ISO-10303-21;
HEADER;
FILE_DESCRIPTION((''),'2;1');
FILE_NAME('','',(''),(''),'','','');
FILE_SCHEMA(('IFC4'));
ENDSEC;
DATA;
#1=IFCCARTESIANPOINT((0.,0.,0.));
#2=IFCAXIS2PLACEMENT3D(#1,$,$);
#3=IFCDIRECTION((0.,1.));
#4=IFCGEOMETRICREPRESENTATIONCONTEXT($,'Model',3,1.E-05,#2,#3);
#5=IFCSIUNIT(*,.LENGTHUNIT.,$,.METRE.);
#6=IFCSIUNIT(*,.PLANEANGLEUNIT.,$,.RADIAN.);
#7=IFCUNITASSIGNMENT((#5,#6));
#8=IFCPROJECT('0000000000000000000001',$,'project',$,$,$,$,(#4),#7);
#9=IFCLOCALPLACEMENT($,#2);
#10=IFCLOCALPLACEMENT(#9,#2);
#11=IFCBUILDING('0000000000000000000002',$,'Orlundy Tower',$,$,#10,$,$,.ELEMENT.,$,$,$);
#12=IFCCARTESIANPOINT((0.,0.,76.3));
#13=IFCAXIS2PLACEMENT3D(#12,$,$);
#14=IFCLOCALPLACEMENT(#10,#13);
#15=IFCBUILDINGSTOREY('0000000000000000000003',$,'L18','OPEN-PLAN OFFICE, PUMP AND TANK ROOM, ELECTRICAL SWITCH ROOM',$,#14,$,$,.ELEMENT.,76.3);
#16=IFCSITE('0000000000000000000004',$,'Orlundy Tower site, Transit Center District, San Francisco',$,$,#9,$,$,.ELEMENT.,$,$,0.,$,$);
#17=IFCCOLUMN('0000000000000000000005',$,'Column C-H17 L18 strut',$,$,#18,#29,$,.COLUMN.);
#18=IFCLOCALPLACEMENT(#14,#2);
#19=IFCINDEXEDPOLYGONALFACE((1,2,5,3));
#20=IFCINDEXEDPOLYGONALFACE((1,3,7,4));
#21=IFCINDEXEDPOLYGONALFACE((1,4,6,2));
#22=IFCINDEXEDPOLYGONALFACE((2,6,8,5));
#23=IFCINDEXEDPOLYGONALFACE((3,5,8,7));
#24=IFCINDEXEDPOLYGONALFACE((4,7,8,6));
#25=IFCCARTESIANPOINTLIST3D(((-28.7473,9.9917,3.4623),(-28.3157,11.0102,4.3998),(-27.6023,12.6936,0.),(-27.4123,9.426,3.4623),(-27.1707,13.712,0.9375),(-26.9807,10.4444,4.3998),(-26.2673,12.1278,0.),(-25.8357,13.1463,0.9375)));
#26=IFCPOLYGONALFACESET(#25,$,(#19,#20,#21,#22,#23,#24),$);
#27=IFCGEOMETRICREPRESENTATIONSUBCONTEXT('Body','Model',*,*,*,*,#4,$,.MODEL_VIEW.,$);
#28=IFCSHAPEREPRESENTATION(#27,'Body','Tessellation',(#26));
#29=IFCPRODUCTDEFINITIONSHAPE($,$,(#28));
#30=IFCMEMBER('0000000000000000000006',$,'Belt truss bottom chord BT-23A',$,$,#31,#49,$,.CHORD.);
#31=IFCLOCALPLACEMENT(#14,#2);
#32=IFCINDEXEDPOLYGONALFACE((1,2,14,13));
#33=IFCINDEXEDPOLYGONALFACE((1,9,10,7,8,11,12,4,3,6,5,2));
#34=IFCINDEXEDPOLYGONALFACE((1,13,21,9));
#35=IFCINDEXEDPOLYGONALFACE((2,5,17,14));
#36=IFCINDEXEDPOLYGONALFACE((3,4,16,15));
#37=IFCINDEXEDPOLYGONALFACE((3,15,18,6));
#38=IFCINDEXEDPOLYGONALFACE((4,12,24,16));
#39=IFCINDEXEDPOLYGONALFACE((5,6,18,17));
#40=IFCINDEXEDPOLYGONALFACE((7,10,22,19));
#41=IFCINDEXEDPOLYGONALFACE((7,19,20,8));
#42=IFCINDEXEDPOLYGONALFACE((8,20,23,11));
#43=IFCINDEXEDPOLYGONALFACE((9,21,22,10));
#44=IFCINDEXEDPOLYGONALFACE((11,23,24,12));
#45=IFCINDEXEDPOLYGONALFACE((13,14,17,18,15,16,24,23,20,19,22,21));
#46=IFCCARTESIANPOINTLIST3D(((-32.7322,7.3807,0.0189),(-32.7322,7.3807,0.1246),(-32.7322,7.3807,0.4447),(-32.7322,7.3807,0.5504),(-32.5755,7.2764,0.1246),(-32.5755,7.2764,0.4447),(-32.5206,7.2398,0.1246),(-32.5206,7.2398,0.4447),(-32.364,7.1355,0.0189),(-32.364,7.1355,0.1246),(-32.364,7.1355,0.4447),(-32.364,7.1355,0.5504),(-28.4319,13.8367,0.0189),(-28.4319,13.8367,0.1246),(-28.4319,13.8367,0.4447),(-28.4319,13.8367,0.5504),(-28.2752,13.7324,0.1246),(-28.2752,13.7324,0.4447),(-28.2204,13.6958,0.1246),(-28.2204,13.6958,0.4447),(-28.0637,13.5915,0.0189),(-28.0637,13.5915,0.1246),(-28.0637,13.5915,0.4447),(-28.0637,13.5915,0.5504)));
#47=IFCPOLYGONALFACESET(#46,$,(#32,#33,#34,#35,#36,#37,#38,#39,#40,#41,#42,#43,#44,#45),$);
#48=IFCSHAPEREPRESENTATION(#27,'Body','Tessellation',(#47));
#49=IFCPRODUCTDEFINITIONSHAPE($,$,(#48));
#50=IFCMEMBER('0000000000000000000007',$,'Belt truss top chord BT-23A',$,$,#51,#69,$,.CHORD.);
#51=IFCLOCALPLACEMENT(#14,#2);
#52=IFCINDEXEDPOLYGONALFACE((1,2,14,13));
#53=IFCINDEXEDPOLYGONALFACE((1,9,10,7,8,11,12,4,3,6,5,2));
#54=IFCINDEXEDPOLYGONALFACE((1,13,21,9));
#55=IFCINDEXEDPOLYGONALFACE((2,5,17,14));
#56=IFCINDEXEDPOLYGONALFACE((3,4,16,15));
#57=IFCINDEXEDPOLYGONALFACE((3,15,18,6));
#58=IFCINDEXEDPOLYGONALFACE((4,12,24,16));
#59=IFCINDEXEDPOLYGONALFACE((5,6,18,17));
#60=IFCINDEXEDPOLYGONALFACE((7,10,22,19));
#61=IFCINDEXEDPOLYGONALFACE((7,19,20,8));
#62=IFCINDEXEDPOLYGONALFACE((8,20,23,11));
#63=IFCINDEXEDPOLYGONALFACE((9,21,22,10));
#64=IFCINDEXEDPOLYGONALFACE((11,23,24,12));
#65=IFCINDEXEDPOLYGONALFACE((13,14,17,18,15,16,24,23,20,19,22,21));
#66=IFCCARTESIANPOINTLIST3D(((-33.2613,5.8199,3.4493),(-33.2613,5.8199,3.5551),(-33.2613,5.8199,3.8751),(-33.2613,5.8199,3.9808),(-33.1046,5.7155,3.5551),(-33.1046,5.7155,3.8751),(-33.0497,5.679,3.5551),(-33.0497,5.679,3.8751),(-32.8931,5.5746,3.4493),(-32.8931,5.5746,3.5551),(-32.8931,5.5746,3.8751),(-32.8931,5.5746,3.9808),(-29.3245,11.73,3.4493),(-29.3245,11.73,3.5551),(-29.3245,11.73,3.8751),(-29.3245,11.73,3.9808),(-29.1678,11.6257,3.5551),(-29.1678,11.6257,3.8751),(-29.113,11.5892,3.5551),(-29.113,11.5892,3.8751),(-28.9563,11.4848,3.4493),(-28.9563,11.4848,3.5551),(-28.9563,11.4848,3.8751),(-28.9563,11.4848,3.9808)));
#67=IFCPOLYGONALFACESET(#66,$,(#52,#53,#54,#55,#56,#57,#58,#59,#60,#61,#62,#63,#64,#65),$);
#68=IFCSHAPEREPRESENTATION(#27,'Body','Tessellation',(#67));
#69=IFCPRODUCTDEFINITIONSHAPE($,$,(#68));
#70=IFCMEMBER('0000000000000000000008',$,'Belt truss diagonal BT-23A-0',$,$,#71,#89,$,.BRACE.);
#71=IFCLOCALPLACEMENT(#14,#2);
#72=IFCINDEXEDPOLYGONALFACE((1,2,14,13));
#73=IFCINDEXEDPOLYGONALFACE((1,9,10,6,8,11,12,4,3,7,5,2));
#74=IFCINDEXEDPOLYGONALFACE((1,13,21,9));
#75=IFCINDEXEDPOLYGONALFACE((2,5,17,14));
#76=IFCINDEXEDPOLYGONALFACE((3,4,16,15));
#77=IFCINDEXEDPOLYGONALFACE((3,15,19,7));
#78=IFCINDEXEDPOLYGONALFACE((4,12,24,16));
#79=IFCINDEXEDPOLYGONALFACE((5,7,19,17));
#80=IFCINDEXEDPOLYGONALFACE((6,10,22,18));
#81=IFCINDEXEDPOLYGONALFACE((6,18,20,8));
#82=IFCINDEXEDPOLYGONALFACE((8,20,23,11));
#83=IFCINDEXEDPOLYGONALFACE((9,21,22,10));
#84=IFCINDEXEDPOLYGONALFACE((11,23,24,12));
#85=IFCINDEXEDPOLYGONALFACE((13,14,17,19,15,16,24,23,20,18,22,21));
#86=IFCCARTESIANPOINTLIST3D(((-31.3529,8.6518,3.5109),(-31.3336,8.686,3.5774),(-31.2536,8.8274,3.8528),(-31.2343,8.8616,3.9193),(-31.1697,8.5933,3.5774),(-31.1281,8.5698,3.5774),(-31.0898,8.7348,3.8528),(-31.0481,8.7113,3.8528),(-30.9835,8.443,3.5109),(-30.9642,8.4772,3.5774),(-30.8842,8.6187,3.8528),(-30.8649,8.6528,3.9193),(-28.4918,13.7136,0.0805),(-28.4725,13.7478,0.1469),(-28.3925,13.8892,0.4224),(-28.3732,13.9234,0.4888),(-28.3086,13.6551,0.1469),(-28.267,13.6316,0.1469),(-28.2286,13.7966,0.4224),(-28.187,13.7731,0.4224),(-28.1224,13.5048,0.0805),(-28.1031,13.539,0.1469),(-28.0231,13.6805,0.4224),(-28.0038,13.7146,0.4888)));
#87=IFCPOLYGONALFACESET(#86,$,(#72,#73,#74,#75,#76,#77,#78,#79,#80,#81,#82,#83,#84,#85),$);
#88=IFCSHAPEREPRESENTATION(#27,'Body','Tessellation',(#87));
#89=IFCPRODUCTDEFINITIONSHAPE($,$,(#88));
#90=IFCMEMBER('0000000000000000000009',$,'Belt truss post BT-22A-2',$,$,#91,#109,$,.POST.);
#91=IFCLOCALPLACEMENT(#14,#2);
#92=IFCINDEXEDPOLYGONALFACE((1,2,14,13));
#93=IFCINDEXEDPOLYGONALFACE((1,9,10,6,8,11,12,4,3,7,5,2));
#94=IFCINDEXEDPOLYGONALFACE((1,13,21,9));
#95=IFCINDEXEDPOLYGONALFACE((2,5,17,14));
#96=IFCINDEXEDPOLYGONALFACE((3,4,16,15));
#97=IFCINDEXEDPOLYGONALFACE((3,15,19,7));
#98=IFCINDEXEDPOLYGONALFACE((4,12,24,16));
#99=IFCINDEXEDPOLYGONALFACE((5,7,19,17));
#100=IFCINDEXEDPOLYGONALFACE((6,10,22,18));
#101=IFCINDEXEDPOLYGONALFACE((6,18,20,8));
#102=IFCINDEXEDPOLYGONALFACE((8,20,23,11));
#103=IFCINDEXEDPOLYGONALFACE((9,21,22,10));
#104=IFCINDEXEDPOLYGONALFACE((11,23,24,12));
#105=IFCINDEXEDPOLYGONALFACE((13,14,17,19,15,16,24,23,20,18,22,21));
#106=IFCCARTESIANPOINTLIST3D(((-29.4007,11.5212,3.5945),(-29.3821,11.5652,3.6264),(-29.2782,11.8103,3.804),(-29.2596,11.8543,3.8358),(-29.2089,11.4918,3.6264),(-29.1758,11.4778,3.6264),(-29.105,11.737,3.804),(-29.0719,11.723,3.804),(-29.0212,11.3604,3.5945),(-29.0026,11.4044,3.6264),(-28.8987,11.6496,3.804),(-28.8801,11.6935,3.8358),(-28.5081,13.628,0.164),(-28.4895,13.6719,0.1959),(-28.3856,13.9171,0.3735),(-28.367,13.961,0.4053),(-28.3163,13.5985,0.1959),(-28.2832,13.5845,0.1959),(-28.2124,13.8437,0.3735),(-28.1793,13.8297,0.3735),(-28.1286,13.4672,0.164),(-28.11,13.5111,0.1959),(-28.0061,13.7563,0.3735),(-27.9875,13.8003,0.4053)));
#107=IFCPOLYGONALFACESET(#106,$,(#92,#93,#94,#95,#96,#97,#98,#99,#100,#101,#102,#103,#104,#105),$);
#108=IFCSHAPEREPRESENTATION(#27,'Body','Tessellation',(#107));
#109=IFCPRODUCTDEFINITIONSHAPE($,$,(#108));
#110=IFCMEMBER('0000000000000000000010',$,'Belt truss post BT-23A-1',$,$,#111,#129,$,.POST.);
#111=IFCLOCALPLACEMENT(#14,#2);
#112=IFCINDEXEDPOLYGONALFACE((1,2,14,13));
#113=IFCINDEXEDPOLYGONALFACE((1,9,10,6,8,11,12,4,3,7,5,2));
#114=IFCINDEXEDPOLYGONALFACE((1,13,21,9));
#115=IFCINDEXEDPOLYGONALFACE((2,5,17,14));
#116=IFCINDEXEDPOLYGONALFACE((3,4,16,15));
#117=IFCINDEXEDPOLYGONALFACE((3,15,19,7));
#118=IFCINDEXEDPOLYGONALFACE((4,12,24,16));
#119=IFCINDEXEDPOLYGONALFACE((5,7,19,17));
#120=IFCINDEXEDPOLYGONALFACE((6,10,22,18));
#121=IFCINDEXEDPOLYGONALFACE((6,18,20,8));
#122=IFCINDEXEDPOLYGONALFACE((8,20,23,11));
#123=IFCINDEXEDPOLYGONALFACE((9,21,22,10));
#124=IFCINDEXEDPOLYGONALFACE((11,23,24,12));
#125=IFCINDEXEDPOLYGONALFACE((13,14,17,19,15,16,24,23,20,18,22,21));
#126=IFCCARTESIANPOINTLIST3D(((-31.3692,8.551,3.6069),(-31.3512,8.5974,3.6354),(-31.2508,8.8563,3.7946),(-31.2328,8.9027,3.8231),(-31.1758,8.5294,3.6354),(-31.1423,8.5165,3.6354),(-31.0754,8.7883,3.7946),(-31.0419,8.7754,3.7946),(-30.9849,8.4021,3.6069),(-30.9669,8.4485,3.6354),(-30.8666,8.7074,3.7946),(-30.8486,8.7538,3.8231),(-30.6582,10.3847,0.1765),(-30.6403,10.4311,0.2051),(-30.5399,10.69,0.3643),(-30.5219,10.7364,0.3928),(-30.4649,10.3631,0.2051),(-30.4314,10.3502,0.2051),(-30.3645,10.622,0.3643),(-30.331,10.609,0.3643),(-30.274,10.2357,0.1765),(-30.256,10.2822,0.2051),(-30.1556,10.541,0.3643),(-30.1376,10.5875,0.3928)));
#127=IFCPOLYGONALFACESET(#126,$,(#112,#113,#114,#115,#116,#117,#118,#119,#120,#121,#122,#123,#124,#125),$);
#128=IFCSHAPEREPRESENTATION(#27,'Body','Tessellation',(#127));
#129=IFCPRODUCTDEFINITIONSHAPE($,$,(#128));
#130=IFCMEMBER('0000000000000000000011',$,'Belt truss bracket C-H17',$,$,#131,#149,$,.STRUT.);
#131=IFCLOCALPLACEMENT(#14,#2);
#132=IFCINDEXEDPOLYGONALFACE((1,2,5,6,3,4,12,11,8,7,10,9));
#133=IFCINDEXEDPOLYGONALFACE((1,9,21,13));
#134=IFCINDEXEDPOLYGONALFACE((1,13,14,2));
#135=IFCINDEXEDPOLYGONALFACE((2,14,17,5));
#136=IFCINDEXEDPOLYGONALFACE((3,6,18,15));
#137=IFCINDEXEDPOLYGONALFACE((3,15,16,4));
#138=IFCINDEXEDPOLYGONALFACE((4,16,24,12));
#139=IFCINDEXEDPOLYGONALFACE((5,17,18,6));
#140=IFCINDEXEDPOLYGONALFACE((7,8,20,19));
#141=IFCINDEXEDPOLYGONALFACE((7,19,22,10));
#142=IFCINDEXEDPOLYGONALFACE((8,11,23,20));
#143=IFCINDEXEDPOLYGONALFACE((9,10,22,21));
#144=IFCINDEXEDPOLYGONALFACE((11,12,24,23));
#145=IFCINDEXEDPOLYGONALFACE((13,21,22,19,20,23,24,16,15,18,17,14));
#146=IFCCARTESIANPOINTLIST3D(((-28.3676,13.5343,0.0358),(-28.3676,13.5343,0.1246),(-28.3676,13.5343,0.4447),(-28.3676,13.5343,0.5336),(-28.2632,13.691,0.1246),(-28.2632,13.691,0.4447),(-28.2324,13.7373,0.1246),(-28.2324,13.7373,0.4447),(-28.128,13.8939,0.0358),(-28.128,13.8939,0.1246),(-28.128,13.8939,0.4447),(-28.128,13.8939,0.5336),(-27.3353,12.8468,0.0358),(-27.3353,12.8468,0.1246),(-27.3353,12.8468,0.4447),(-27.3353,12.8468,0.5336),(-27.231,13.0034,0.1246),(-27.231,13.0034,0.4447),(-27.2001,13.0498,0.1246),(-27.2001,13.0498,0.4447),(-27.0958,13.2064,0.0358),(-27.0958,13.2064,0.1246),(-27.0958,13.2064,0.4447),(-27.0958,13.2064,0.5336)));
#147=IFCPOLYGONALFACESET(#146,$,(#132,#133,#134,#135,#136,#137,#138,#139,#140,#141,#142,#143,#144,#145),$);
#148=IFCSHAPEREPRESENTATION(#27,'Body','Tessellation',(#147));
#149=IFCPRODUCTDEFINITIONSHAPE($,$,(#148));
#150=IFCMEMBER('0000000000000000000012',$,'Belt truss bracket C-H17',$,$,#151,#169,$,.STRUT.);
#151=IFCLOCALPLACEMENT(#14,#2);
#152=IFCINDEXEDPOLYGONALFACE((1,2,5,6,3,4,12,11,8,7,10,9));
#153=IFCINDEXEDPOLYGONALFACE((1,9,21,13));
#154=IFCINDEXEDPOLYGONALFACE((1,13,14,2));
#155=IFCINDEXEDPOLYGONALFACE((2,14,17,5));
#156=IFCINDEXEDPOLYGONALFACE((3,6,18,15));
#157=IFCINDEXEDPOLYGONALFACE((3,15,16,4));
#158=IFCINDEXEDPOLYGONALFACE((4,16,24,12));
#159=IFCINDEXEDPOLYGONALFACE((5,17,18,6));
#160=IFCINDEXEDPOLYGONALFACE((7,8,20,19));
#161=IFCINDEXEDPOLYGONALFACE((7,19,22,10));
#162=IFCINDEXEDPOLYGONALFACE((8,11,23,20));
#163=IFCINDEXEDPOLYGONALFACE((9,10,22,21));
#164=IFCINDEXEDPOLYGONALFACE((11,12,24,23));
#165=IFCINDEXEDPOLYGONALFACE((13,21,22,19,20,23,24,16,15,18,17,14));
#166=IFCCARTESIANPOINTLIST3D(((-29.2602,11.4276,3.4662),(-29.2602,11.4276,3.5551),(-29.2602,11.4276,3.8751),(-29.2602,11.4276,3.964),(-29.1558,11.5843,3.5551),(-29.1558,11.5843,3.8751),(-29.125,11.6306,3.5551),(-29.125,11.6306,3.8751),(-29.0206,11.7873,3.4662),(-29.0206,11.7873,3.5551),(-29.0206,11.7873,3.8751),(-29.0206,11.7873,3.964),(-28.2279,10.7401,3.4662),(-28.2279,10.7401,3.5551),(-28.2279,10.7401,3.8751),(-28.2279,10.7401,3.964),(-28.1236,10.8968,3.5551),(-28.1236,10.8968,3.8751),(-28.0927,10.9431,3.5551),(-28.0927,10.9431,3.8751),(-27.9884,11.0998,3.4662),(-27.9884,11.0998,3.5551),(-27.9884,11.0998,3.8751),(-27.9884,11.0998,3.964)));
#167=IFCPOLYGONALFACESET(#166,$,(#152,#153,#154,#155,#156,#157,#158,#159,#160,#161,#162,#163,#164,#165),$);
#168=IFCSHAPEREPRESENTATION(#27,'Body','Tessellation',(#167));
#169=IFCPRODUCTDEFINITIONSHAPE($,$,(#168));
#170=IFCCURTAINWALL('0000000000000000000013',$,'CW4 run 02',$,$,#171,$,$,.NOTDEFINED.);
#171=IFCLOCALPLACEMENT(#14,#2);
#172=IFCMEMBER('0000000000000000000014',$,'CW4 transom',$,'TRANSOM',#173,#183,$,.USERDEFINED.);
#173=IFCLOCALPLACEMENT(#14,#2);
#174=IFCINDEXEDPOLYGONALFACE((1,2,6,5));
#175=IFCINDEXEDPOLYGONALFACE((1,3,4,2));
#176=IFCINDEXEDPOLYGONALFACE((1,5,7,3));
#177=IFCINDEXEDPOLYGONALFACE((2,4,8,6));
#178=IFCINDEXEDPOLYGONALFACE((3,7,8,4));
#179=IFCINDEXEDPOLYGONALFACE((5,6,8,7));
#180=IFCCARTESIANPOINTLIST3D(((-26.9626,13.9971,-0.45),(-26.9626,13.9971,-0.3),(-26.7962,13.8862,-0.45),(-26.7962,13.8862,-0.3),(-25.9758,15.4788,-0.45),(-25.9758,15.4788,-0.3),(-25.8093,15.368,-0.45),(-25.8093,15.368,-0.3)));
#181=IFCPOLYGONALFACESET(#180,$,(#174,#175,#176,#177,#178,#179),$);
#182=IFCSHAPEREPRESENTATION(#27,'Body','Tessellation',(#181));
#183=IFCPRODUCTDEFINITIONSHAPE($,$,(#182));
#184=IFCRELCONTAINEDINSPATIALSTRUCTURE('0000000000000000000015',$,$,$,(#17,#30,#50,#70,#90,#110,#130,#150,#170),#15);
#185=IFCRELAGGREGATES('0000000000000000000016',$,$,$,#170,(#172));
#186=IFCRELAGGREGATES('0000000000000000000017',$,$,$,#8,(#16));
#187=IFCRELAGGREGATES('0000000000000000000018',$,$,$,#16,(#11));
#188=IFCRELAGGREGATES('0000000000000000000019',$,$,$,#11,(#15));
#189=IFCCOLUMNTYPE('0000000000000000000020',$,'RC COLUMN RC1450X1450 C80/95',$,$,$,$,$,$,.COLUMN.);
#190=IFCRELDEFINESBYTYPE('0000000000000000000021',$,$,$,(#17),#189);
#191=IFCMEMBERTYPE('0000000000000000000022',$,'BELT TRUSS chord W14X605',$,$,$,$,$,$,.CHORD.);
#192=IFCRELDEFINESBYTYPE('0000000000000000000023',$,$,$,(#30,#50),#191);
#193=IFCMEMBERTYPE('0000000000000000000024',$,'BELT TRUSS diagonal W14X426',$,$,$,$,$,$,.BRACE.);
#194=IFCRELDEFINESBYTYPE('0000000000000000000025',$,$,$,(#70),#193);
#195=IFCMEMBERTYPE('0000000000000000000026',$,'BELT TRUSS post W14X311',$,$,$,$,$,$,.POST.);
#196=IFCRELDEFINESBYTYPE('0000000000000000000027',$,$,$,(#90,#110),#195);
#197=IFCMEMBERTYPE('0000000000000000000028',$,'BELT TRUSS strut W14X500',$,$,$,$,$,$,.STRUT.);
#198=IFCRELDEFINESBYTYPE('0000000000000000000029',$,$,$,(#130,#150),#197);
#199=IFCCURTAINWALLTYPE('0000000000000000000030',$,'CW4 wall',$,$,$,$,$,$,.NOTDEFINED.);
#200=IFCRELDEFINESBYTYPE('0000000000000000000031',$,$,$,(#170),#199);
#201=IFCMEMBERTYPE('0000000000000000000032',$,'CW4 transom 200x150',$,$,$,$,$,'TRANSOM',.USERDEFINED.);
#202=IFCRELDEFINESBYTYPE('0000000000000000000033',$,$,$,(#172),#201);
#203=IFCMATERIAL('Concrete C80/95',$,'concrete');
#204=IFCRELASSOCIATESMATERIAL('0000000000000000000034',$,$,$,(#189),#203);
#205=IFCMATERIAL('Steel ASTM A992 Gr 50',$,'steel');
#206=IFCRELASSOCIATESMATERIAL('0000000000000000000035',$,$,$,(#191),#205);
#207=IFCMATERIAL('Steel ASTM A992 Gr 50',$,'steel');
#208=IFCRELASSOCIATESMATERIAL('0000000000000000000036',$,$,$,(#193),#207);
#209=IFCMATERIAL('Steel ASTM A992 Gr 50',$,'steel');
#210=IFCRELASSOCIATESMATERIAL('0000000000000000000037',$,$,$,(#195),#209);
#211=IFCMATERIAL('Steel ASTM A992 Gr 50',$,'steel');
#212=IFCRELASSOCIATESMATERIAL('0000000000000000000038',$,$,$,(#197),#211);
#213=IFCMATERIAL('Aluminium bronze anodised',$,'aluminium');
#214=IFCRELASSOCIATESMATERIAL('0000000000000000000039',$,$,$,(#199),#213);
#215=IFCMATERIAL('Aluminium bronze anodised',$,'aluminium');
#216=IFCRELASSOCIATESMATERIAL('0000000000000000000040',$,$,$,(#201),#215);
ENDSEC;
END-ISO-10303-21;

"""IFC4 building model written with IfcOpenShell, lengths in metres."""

from ifc_helpers import new_model, si_unit, direction, frame, origin, origin_2d, place, context, subcontext, project, spatial, rectangle, i_section, extrude, material, material_profile, profile_set, type_object, element, aggregate, save


model = new_model("IFC4")

# Units and contexts
model_context = context("Model", 3, precision=1e-05, world=origin(), true_north=direction((0.0, 1.0)))
body_context = subcontext(model_context, "Body", "Model", "MODEL_VIEW")
ifc_project = project(units=[si_unit("LENGTHUNIT", "METRE"), si_unit("PLANEANGLEUNIT", "RADIAN")], contexts=[model_context])

# Site, building, storey
site_placement = place(None, origin())
site = spatial("IfcSite", under=ifc_project, at=site_placement, Name="Orlundy Tower site, Transit Center District, San Francisco", CompositionType="ELEMENT", RefElevation=0.0)
building_placement = place(site_placement, origin())
building = spatial("IfcBuilding", under=site, at=building_placement, Name="Orlundy Tower", CompositionType="ELEMENT")
storey_placement = place(building_placement, frame((0.0, 0.0, 76.3)))
storey = spatial("IfcBuildingStorey", under=building, at=storey_placement, Name="L18", Description="OPEN-PLAN OFFICE, PUMP AND TANK ROOM, ELECTRICAL SWITCH ROOM", CompositionType="ELEMENT", Elevation=76.3)

# Column
ifc_material_1 = material(Name="Concrete C80/95", Category="concrete")
ifc_material_profile_1 = material_profile(ifc_material_1, rectangle(XDim=1.45, YDim=1.45, at=origin_2d()), Name="RC1450X1450")
ifc_profile_set_1 = profile_set([ifc_material_profile_1], Name="Concrete C80/95")
column_type = type_object("IfcColumnType", Name="RC COLUMN RC1450X1450 C80/95", PredefinedType="COLUMN", material=ifc_profile_set_1)
column_placement = place(storey_placement, frame((-26.719, 12.9199, 0.4688), z_axis=(-0.25228, -0.595307, 0.762866), x_axis=(0.920734, -0.390191, 0.0)))
element("IfcColumn", 1, at=column_placement, inside=storey, type_object=column_type, Name="Column C-H17 L18 strut", PredefinedType="COLUMN", context=body_context, shape_type="SweptSolid", body=[
    extrude(rectangle(XDim=1.45, YDim=1.45, at=origin_2d()), origin(), (0.0, 0.0, 1.0), 4.5386),
])

# Members
ifc_material_2 = material(Name="Steel ASTM A992 Gr 50", Category="steel")
ifc_material_profile_2 = material_profile(ifc_material_2, i_section(OverallWidth=0.4424, OverallDepth=0.5315, WebThickness=0.0659, FlangeThickness=0.1057, at=origin_2d()), Name="W14X605")
ifc_profile_set_2 = profile_set([ifc_material_profile_2], Name="Steel ASTM A992 Gr 50")
member_type_1 = type_object("IfcMemberType", Name="BELT TRUSS chord W14X605", PredefinedType="CHORD", material=ifc_profile_set_2)
member_1_placement = place(storey_placement, frame((-28.2478, 13.7141, 0.2847), z_axis=(-0.554366, -0.832273, 0.0), x_axis=(0.832273, -0.554366, 0.0)))
element("IfcMember", 2, at=member_1_placement, inside=storey, type_object=member_type_1, Name="Belt truss bottom chord BT-23A", PredefinedType="CHORD", context=body_context, shape_type="SweptSolid", body=[
    extrude(i_section(OverallWidth=0.4424, OverallDepth=0.5315, WebThickness=0.0659, FlangeThickness=0.1057, at=origin_2d()), origin(), (0.0, 0.0, 1.0), 7.7571),
])
member_2_placement = place(storey_placement, frame((-29.1404, 11.6074, 3.7151), z_axis=(-0.554375, -0.832267, 0.0), x_axis=(0.832267, -0.554375, 0.0)))
element("IfcMember", 3, at=member_2_placement, inside=storey, type_object=member_type_1, Name="Belt truss top chord BT-23A", PredefinedType="CHORD", context=body_context, shape_type="SweptSolid", body=[
    extrude(i_section(OverallWidth=0.4424, OverallDepth=0.5315, WebThickness=0.0659, FlangeThickness=0.1057, at=origin_2d()), origin(), (0.0, 0.0, 1.0), 7.1013),
])
ifc_material_3 = material(Name="Steel ASTM A992 Gr 50", Category="steel")
ifc_material_profile_3 = material_profile(ifc_material_3, i_section(OverallWidth=0.4243, OverallDepth=0.4741, WebThickness=0.0479, FlangeThickness=0.0771, at=origin_2d()), Name="W14X426")
ifc_profile_set_3 = profile_set([ifc_material_profile_3], Name="Steel ASTM A992 Gr 50")
member_type_2 = type_object("IfcMemberType", Name="BELT TRUSS diagonal W14X426", PredefinedType="BRACE", material=ifc_profile_set_3)
member_3_placement = place(storey_placement, frame((-28.2478, 13.7141, 0.2847), z_axis=(-0.423806, -0.749788, 0.50814), x_axis=(0.870557, -0.492068, 0.0)))
element("IfcMember", 4, at=member_3_placement, inside=storey, type_object=member_type_2, Name="Belt truss diagonal BT-23A-0", PredefinedType="BRACE", context=body_context, shape_type="SweptSolid", body=[
    extrude(i_section(OverallWidth=0.4243, OverallDepth=0.4741, WebThickness=0.0479, FlangeThickness=0.0771, at=origin_2d()), origin(), (0.0, 0.0, 1.0), 6.751),
])
ifc_material_4 = material(Name="Steel ASTM A992 Gr 50", Category="steel")
ifc_material_profile_4 = material_profile(ifc_material_4, i_section(OverallWidth=0.4121, OverallDepth=0.4348, WebThickness=0.0359, FlangeThickness=0.0574, at=origin_2d()), Name="W14X311")
ifc_profile_set_4 = profile_set([ifc_material_profile_4], Name="Steel ASTM A992 Gr 50")
member_type_3 = type_object("IfcMemberType", Name="BELT TRUSS post W14X311", PredefinedType="POST", material=ifc_profile_set_4)
member_4_placement = place(storey_placement, frame((-28.2478, 13.7141, 0.2847), z_axis=(-0.216465, -0.510908, 0.831935), x_axis=(0.920765, -0.390117, 0.0)))
element("IfcMember", 5, at=member_4_placement, inside=storey, type_object=member_type_3, Name="Belt truss post BT-22A-2", PredefinedType="POST", context=body_context, shape_type="SweptSolid", body=[
    extrude(i_section(OverallWidth=0.4121, OverallDepth=0.4348, WebThickness=0.0359, FlangeThickness=0.0574, at=origin_2d()), origin(), (0.0, 0.0, 1.0), 4.1235),
])
member_5_placement = place(storey_placement, frame((-30.3979, 10.4861, 0.2847), z_axis=(-0.179792, -0.463743, 0.867535), x_axis=(0.932379, -0.361482, 0.0)))
element("IfcMember", 6, at=member_5_placement, inside=storey, type_object=member_type_3, Name="Belt truss post BT-23A-1", PredefinedType="POST", context=body_context, shape_type="SweptSolid", body=[
    extrude(i_section(OverallWidth=0.4121, OverallDepth=0.4348, WebThickness=0.0359, FlangeThickness=0.0574, at=origin_2d()), origin(), (0.0, 0.0, 1.0), 3.9541),
])
ifc_material_5 = material(Name="Steel ASTM A992 Gr 50", Category="steel")
ifc_material_profile_5 = material_profile(ifc_material_5, i_section(OverallWidth=0.4321, OverallDepth=0.4978, WebThickness=0.0557, FlangeThickness=0.0889, at=origin_2d()), Name="W14X500")
ifc_profile_set_5 = profile_set([ifc_material_profile_5], Name="Steel ASTM A992 Gr 50")
member_type_4 = type_object("IfcMemberType", Name="BELT TRUSS strut W14X500", PredefinedType="STRUT", material=ifc_profile_set_5)
for number, where, z_axis, x_axis, name in (
    (7, (-27.2156, 13.0266, 0.2847), (-0.832292, 0.554337, 0.0), (-0.554337, -0.832292, 0.0), "Belt truss bracket C-H17"),
    (8, (-28.1082, 10.9199, 3.7151), (-0.832292, 0.554337, 0.0), (-0.554337, -0.832292, 0.0), "Belt truss bracket C-H17"),
):
    element("IfcMember", number, at=place(storey_placement, frame(where, z_axis=z_axis, x_axis=x_axis)), inside=storey, type_object=member_type_4, Name=name, PredefinedType="STRUT", context=body_context, shape_type="SweptSolid", body=[
        extrude(i_section(OverallWidth=0.4321, OverallDepth=0.4978, WebThickness=0.0557, FlangeThickness=0.0889, at=origin_2d()), origin(), (0.0, 0.0, 1.0), 1.2402),
    ])

# Curtain wall, member
ifc_material_6 = material(Name="Aluminium bronze anodised", Category="aluminium")
curtain_wall_type = type_object("IfcCurtainWallType", Name="CW4 wall", PredefinedType="NOTDEFINED", material=ifc_material_6)
curtain_wall_placement = place(storey_placement, origin())
curtain_wall = element("IfcCurtainWall", 9, at=curtain_wall_placement, inside=storey, type_object=curtain_wall_type, Name="CW4 run 02", PredefinedType="NOTDEFINED")
ifc_material_7 = material(Name="Aluminium bronze anodised", Category="aluminium")
ifc_material_profile_6 = material_profile(ifc_material_7, rectangle(XDim=0.2, YDim=0.1499, at=origin_2d()), Name="CW4 transom 200x150")
ifc_profile_set_6 = profile_set([ifc_material_profile_6], Name="Aluminium bronze anodised")
member_type_5 = type_object("IfcMemberType", Name="CW4 transom 200x150", ElementType="TRANSOM", PredefinedType="USERDEFINED", material=ifc_profile_set_6)
member_6_placement = place(storey_placement, frame((-26.8794, 13.9417, -0.375), z_axis=(0.55432, 0.832303, 0.0), x_axis=(-0.832303, 0.55432, 0.0)))
member_6 = element("IfcMember", 10, at=member_6_placement, type_object=member_type_5, Name="CW4 transom", ObjectType="TRANSOM", PredefinedType="USERDEFINED", context=body_context, shape_type="SweptSolid", body=[
    extrude(rectangle(XDim=0.2, YDim=0.1499, at=origin_2d()), origin(), (0.0, 0.0, 1.0), 1.7803),
])
aggregate(curtain_wall, [member_6])

save(model, "model.ifc")
